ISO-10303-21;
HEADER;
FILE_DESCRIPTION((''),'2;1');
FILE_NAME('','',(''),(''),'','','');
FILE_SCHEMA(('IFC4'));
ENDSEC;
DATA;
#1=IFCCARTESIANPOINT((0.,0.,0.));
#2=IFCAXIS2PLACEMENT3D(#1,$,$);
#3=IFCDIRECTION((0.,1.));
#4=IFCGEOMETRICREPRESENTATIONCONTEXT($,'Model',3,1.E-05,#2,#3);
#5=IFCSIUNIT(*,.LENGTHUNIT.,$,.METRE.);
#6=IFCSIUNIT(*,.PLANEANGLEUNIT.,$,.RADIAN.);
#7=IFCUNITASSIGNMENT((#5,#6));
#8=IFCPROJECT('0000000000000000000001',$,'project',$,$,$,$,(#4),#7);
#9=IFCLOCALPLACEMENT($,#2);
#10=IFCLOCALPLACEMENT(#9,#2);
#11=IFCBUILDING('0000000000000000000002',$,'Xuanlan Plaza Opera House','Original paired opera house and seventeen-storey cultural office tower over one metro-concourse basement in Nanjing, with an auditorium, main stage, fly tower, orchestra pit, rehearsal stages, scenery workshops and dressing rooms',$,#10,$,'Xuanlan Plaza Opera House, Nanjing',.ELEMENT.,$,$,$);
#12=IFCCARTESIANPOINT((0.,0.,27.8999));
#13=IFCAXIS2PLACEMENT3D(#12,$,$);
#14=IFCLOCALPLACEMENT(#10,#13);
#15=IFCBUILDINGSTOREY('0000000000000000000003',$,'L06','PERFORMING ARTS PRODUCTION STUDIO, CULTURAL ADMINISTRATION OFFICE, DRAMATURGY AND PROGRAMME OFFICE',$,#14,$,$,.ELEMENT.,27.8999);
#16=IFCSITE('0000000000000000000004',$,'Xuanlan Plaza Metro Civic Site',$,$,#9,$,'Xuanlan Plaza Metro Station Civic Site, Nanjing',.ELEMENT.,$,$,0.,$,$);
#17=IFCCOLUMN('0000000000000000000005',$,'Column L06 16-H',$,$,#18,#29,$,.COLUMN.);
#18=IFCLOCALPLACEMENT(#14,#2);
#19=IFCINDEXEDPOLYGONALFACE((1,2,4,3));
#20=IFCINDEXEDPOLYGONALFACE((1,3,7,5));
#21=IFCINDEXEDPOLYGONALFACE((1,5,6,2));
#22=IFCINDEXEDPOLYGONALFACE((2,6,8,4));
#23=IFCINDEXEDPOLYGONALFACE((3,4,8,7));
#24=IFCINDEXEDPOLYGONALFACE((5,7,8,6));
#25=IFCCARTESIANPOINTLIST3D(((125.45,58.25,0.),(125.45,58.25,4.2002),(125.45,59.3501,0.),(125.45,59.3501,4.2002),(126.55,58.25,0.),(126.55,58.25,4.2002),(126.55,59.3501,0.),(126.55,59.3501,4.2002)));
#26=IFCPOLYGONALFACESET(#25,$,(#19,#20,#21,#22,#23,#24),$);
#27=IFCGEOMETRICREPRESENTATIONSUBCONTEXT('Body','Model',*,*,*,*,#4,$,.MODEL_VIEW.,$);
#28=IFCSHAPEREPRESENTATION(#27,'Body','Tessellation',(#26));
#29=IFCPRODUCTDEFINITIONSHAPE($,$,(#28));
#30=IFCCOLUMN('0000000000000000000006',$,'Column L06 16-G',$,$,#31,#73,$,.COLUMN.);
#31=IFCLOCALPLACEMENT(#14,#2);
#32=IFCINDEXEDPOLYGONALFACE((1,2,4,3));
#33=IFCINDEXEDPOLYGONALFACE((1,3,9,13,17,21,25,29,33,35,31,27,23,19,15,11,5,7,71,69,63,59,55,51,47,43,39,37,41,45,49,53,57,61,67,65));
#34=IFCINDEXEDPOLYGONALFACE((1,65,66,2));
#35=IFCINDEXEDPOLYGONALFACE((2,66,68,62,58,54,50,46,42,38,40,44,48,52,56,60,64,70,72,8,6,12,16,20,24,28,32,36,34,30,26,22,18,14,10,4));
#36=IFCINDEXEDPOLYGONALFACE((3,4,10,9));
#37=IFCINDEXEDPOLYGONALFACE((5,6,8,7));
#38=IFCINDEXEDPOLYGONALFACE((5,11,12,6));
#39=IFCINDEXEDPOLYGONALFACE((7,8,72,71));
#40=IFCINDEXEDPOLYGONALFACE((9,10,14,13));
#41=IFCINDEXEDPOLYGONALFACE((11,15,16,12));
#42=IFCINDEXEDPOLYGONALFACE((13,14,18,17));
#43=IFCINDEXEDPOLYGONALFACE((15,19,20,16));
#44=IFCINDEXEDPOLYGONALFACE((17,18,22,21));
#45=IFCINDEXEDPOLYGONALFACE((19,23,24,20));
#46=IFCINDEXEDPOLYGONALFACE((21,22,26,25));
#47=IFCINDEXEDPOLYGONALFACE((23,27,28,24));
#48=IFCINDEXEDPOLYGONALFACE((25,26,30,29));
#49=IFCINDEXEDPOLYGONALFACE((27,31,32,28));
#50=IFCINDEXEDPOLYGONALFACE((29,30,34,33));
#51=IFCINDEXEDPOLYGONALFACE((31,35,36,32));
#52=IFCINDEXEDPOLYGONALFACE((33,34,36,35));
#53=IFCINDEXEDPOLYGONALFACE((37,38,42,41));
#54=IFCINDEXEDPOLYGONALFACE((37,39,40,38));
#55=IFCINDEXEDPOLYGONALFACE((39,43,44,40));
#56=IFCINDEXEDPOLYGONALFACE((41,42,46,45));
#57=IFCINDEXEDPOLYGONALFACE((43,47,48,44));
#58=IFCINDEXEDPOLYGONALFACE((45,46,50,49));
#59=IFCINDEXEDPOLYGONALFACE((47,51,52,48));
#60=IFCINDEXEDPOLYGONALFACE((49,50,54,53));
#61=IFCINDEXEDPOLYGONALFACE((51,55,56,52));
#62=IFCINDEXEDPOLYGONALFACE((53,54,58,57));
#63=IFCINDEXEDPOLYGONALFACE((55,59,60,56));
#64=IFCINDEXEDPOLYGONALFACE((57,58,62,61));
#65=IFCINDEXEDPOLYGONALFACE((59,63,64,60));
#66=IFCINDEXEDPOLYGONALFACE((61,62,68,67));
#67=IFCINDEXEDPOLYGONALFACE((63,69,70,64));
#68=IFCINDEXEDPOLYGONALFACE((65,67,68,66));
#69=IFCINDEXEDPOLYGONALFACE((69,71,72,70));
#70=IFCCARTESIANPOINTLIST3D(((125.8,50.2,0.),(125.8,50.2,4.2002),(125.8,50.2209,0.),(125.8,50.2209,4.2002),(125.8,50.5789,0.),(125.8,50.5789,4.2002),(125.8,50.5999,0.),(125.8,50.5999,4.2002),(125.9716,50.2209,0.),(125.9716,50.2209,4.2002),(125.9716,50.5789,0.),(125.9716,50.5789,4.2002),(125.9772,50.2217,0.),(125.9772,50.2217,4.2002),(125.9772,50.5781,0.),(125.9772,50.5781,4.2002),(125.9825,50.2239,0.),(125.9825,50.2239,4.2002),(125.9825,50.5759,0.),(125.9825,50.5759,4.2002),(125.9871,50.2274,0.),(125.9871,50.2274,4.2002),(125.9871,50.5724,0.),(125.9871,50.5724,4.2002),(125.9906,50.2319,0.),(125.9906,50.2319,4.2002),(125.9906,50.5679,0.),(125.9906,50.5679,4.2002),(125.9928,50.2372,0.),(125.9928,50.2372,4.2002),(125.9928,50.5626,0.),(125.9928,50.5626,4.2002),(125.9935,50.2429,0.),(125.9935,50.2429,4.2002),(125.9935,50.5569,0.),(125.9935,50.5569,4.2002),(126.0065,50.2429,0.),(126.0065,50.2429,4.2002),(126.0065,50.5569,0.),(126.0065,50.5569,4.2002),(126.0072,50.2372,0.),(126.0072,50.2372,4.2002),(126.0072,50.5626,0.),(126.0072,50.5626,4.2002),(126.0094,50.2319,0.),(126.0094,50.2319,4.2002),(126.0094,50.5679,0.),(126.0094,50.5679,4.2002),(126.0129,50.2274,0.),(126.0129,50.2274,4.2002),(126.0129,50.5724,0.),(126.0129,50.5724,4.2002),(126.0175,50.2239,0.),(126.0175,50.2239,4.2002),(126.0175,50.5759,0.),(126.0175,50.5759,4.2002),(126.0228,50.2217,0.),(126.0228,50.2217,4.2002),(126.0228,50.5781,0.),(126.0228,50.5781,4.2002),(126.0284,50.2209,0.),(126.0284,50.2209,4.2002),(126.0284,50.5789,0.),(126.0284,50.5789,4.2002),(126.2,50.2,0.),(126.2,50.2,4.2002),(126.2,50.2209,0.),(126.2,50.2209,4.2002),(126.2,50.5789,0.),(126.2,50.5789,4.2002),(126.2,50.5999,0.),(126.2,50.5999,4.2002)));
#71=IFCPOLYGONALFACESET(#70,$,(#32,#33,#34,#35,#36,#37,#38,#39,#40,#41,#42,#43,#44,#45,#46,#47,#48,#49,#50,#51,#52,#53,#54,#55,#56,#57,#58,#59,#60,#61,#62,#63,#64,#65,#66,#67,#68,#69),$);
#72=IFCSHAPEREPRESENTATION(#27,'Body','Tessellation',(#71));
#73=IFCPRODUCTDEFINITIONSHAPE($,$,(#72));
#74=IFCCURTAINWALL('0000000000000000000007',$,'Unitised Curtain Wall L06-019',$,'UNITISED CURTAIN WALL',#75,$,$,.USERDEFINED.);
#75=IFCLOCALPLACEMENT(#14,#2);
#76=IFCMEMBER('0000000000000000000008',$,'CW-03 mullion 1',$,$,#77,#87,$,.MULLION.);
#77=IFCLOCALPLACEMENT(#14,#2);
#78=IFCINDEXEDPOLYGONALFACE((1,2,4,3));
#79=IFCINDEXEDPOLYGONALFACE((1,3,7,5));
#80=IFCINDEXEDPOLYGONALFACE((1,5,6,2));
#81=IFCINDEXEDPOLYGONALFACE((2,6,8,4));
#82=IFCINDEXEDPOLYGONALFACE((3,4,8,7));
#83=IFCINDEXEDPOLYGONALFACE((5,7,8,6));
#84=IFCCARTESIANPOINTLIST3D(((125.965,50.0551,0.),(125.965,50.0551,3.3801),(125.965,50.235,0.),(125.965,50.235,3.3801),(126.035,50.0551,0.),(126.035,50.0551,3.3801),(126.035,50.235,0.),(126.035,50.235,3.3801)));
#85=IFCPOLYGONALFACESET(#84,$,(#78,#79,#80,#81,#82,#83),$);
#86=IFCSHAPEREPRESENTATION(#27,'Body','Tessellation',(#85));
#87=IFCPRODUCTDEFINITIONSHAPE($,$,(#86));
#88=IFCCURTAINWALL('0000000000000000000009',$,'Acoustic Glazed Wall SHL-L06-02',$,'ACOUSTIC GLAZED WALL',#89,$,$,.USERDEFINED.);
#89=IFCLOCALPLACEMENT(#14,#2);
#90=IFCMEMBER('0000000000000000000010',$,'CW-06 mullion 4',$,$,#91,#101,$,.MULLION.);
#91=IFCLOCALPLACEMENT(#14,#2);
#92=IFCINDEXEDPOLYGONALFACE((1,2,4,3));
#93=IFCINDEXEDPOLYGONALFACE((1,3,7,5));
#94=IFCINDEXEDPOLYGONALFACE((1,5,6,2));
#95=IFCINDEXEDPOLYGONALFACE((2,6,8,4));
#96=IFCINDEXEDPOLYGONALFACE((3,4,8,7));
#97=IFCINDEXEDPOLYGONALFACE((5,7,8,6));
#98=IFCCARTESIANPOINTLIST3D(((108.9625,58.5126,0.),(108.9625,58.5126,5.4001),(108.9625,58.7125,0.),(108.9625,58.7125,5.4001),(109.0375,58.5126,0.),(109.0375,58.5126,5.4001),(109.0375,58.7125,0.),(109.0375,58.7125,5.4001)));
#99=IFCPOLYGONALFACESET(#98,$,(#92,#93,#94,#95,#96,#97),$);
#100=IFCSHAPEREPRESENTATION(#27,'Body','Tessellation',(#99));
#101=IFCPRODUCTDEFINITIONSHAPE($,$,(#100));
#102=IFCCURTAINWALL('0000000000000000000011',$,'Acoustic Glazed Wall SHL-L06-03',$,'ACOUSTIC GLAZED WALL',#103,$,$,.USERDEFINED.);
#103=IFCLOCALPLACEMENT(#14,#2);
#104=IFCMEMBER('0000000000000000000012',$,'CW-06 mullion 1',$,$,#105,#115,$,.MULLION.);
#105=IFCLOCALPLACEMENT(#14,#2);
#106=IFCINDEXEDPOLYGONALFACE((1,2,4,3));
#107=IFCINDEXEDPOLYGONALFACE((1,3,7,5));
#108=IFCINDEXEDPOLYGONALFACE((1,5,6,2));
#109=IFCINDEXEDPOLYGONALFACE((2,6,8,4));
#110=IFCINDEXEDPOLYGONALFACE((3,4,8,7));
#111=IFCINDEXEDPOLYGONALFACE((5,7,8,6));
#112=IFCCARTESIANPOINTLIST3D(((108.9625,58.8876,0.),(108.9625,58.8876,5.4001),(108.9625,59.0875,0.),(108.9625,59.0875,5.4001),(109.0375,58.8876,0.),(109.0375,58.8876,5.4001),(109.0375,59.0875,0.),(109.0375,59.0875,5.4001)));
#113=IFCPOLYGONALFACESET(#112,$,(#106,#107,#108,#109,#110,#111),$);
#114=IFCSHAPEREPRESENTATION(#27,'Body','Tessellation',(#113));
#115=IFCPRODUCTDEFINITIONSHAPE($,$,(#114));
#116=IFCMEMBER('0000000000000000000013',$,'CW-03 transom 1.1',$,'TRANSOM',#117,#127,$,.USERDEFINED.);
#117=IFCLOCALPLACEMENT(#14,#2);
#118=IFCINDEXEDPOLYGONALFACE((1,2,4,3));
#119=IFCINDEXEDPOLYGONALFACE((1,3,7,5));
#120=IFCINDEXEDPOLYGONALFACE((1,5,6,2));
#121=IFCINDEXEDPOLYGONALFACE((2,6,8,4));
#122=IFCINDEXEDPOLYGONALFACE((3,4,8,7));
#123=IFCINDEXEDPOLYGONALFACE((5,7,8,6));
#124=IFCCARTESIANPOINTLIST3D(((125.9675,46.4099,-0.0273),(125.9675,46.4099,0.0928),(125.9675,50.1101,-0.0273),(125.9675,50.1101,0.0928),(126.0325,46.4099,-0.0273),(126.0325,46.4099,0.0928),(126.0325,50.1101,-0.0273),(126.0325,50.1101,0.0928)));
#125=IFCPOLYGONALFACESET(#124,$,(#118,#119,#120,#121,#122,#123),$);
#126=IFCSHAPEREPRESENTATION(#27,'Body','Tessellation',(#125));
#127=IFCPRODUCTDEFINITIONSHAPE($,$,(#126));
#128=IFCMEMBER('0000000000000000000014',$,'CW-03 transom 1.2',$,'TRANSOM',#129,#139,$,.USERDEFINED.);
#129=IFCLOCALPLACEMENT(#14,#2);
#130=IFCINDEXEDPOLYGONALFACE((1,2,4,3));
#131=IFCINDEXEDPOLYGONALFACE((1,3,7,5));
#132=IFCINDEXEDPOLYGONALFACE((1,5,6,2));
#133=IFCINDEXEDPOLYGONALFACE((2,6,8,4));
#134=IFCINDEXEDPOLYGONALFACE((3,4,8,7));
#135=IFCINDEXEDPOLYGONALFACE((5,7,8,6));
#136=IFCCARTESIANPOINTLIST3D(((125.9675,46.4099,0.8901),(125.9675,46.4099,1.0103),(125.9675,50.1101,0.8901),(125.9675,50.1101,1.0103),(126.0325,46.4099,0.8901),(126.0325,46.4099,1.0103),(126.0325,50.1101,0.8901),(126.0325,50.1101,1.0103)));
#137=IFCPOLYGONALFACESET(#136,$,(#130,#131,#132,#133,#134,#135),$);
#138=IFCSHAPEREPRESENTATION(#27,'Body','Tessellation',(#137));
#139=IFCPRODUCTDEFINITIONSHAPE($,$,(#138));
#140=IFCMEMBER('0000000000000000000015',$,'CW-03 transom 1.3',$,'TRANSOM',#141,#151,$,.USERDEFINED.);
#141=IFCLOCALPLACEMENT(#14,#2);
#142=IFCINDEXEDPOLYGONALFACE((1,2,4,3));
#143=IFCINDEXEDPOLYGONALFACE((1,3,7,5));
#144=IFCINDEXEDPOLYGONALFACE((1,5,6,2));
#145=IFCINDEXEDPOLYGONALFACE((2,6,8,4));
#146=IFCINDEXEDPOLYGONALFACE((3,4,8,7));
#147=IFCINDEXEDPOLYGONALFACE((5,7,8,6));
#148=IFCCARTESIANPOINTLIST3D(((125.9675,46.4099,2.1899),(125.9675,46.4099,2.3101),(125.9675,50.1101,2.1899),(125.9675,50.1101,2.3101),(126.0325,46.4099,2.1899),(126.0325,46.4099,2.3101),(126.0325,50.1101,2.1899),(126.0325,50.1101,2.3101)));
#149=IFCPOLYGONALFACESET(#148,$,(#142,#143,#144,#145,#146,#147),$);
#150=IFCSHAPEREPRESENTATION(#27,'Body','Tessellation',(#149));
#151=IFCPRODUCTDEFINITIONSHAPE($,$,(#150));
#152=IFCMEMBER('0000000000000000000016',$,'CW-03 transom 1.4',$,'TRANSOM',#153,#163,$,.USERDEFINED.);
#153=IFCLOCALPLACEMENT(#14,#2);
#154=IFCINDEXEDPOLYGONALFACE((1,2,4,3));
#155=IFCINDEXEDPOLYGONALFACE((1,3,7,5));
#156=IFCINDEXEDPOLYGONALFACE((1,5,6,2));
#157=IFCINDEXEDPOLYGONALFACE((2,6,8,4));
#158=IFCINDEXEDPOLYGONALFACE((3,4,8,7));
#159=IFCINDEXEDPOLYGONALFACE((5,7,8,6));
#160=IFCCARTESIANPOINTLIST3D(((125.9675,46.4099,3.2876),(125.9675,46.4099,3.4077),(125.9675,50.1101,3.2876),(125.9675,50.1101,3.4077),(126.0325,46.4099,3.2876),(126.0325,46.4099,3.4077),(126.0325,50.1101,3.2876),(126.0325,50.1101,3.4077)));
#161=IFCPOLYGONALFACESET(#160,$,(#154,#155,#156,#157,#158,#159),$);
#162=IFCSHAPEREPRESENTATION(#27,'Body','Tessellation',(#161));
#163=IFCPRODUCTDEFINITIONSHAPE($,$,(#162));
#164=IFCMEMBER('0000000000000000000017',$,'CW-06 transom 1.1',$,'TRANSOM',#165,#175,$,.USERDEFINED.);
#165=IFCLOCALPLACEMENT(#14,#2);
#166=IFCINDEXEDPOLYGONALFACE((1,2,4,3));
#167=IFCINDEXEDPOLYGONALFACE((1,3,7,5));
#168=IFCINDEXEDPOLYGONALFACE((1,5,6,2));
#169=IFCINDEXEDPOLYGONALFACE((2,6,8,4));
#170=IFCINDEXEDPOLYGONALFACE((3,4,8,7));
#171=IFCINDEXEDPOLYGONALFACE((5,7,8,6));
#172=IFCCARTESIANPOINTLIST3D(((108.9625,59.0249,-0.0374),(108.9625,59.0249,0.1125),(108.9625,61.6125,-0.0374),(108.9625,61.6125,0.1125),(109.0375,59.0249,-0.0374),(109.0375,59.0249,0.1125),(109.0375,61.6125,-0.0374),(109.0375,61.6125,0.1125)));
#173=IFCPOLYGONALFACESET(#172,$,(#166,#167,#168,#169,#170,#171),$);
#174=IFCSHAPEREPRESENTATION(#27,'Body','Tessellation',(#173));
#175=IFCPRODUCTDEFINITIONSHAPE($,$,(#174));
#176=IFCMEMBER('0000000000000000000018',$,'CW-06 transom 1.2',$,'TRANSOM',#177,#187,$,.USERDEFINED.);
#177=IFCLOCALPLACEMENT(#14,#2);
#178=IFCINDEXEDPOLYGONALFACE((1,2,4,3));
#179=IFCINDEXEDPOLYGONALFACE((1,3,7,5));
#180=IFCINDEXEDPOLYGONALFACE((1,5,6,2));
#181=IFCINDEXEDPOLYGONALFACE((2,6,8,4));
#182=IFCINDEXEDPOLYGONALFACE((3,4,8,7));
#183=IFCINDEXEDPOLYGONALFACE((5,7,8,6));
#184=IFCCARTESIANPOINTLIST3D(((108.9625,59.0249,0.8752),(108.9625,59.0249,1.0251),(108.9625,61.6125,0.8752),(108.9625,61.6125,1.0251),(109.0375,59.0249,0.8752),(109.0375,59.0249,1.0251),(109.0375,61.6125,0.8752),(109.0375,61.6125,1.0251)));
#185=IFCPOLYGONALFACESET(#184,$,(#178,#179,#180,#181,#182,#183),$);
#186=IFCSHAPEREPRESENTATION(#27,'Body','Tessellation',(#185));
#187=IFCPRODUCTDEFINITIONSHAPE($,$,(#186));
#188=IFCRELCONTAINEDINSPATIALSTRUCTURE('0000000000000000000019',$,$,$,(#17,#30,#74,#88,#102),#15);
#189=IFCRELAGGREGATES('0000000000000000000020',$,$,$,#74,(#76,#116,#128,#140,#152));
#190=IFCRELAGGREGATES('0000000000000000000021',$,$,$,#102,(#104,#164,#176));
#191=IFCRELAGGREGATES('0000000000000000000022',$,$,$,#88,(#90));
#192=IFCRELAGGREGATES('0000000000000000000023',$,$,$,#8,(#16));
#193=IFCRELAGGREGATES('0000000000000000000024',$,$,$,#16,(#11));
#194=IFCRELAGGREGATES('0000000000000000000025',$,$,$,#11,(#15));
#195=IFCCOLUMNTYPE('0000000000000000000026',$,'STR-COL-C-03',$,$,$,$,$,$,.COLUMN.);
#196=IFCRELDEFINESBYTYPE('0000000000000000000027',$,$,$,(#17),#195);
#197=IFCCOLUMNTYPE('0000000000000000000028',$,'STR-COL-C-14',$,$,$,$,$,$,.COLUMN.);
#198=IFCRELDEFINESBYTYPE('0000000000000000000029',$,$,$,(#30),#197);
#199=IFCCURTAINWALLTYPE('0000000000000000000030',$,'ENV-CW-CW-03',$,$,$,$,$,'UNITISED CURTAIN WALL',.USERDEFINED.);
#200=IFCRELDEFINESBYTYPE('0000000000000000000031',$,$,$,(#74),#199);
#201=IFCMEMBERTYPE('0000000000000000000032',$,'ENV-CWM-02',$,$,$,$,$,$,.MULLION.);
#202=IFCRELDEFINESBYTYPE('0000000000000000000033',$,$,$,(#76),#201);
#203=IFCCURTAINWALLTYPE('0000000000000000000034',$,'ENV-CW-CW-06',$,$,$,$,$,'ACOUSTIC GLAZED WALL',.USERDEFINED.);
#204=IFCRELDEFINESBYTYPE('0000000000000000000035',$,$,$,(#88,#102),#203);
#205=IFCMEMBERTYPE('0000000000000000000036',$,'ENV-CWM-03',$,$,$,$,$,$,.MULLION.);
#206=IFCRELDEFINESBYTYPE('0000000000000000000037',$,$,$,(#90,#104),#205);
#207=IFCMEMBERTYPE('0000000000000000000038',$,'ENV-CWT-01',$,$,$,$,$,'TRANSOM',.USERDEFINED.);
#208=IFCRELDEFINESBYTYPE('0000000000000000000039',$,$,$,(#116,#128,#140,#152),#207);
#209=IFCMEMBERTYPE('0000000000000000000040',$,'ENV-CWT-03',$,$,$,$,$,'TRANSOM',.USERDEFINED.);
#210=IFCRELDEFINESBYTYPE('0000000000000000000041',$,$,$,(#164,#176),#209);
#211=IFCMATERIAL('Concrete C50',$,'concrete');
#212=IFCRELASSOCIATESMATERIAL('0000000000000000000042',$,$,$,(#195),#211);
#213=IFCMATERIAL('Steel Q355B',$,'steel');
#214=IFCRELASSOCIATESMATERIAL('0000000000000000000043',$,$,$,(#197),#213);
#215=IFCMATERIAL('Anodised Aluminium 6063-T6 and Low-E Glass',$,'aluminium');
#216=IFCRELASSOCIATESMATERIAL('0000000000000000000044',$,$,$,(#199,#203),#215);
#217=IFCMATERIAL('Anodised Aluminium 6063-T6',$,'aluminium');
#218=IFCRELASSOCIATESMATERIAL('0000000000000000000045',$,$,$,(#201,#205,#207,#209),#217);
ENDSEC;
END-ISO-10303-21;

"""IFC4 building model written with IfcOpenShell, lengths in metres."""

from ifc_helpers import new_model, si_unit, direction, frame, origin, origin_2d, place, context, subcontext, project, spatial, rectangle, i_section, extrude, material, material_profile, profile_set, type_object, element, aggregate, save


model = new_model("IFC4")

# Units and contexts
model_context = context("Model", 3, precision=1e-05, world=origin(), true_north=direction((0.0, 1.0)))
body_context = subcontext(model_context, "Body", "Model", "MODEL_VIEW")
ifc_project = project(units=[si_unit("LENGTHUNIT", "METRE"), si_unit("PLANEANGLEUNIT", "RADIAN")], contexts=[model_context])

# Site, building, storey
site_placement = place(None, origin())
site = spatial("IfcSite", under=ifc_project, at=site_placement, Name="Xuanlan Plaza Metro Civic Site", LongName="Xuanlan Plaza Metro Station Civic Site, Nanjing", CompositionType="ELEMENT", RefElevation=0.0)
building_placement = place(site_placement, origin())
building = spatial("IfcBuilding", under=site, at=building_placement, Name="Xuanlan Plaza Opera House", Description="Original paired opera house and seventeen-storey cultural office tower over one metro-concourse basement in Nanjing, with an auditorium, main stage, fly tower, orchestra pit, rehearsal stages, scenery workshops and dressing rooms", LongName="Xuanlan Plaza Opera House, Nanjing", CompositionType="ELEMENT")
storey_placement = place(building_placement, frame((0.0, 0.0, 27.8999)))
storey = spatial("IfcBuildingStorey", under=building, at=storey_placement, Name="L06", Description="PERFORMING ARTS PRODUCTION STUDIO, CULTURAL ADMINISTRATION OFFICE, DRAMATURGY AND PROGRAMME OFFICE", CompositionType="ELEMENT", Elevation=27.8999)

# Columns
ifc_material_1 = material(Name="Concrete C50", Category="concrete")
ifc_material_profile_1 = material_profile(ifc_material_1, rectangle(XDim=1.1001, YDim=1.1001, at=origin_2d()), Name="RC-COL 1100x1100")
ifc_profile_set_1 = profile_set([ifc_material_profile_1], Name="Concrete C50")
column_type_1 = type_object("IfcColumnType", Name="STR-COL-C-03", PredefinedType="COLUMN", material=ifc_profile_set_1)
column_1_placement = place(storey_placement, frame((126.0, 58.8, 0.0), z_axis=(0.0, 0.0, 1.0), x_axis=(1.0, 0.0, 0.0)))
element("IfcColumn", 1, at=column_1_placement, inside=storey, type_object=column_type_1, Name="Column L06 16-H", PredefinedType="COLUMN", context=body_context, shape_type="SweptSolid", body=[
    extrude(rectangle(XDim=1.1001, YDim=1.1001, at=origin_2d()), origin(), (0.0, 0.0, 1.0), 4.2002),
])
ifc_material_2 = material(Name="Steel Q355B", Category="steel")
ifc_material_profile_2 = material_profile(ifc_material_2, i_section(OverallWidth=0.3999, OverallDepth=0.3999, WebThickness=0.0129, FlangeThickness=0.021, FilletRadius=0.022, at=origin_2d()), Name="HW 400x400x13x21")
ifc_profile_set_2 = profile_set([ifc_material_profile_2], Name="Steel Q355B")
column_type_2 = type_object("IfcColumnType", Name="STR-COL-C-14", PredefinedType="COLUMN", material=ifc_profile_set_2)
column_2_placement = place(storey_placement, frame((126.0, 50.3999, 0.0), z_axis=(0.0, 0.0, 1.0), x_axis=(1.0, 0.0, 0.0)))
element("IfcColumn", 2, at=column_2_placement, inside=storey, type_object=column_type_2, Name="Column L06 16-G", PredefinedType="COLUMN", context=body_context, shape_type="SweptSolid", body=[
    extrude(i_section(OverallWidth=0.3999, OverallDepth=0.3999, WebThickness=0.0129, FlangeThickness=0.021, FilletRadius=0.022, at=origin_2d()), origin(), (0.0, 0.0, 1.0), 4.2002),
])

# Curtain walls, members
ifc_material_3 = material(Name="Anodised Aluminium 6063-T6 and Low-E Glass", Category="aluminium")
curtain_wall_type_1 = type_object("IfcCurtainWallType", Name="ENV-CW-CW-03", ElementType="UNITISED CURTAIN WALL", PredefinedType="USERDEFINED", material=ifc_material_3)
curtain_wall_1_placement = place(storey_placement, origin())
curtain_wall_1 = element("IfcCurtainWall", 3, at=curtain_wall_1_placement, inside=storey, type_object=curtain_wall_type_1, Name="Unitised Curtain Wall L06-019", ObjectType="UNITISED CURTAIN WALL", PredefinedType="USERDEFINED")
ifc_material_4 = material(Name="Anodised Aluminium 6063-T6", Category="aluminium")
ifc_material_profile_3 = material_profile(ifc_material_4, rectangle(XDim=0.0701, YDim=0.1799, at=origin_2d()), Name="ALU-M 70x180")
ifc_profile_set_3 = profile_set([ifc_material_profile_3], Name="Anodised Aluminium 6063-T6")
member_type_1 = type_object("IfcMemberType", Name="ENV-CWM-02", PredefinedType="MULLION", material=ifc_profile_set_3)
member_1_placement = place(storey_placement, frame((126.0, 50.145, 0.0), z_axis=(0.0, 0.0, 1.0), x_axis=(1.0, 0.0, 0.0)))
member_1 = element("IfcMember", 4, at=member_1_placement, type_object=member_type_1, Name="CW-03 mullion 1", PredefinedType="MULLION", context=body_context, shape_type="SweptSolid", body=[
    extrude(rectangle(XDim=0.0701, YDim=0.1799, at=origin_2d()), origin(), (0.0, 0.0, 1.0), 3.3801),
])
curtain_wall_type_2 = type_object("IfcCurtainWallType", Name="ENV-CW-CW-06", ElementType="ACOUSTIC GLAZED WALL", PredefinedType="USERDEFINED", material=ifc_material_3)
curtain_wall_2_placement = place(storey_placement, origin())
curtain_wall_2 = element("IfcCurtainWall", 5, at=curtain_wall_2_placement, inside=storey, type_object=curtain_wall_type_2, Name="Acoustic Glazed Wall SHL-L06-02", ObjectType="ACOUSTIC GLAZED WALL", PredefinedType="USERDEFINED")
ifc_material_profile_4 = material_profile(ifc_material_4, rectangle(XDim=0.075, YDim=0.2, at=origin_2d()), Name="ALU-M 75x200")
ifc_profile_set_4 = profile_set([ifc_material_profile_4], Name="Anodised Aluminium 6063-T6")
member_type_2 = type_object("IfcMemberType", Name="ENV-CWM-03", PredefinedType="MULLION", material=ifc_profile_set_4)
member_2_placement = place(storey_placement, frame((109.0, 58.6125, 0.0), z_axis=(0.0, 0.0, 1.0), x_axis=(-1.0, 0.0, 0.0)))
member_2 = element("IfcMember", 6, at=member_2_placement, type_object=member_type_2, Name="CW-06 mullion 4", PredefinedType="MULLION", context=body_context, shape_type="SweptSolid", body=[
    extrude(rectangle(XDim=0.075, YDim=0.2, at=origin_2d()), origin(), (0.0, 0.0, 1.0), 5.4001),
])
curtain_wall_3_placement = place(storey_placement, origin())
curtain_wall_3 = element("IfcCurtainWall", 7, at=curtain_wall_3_placement, inside=storey, type_object=curtain_wall_type_2, Name="Acoustic Glazed Wall SHL-L06-03", ObjectType="ACOUSTIC GLAZED WALL", PredefinedType="USERDEFINED")
member_3_placement = place(storey_placement, frame((109.0, 58.9875, 0.0), z_axis=(0.0, 0.0, 1.0), x_axis=(-1.0, 0.0, 0.0)))
member_3 = element("IfcMember", 8, at=member_3_placement, type_object=member_type_2, Name="CW-06 mullion 1", PredefinedType="MULLION", context=body_context, shape_type="SweptSolid", body=[
    extrude(rectangle(XDim=0.075, YDim=0.2, at=origin_2d()), origin(), (0.0, 0.0, 1.0), 5.4001),
])

# Members
ifc_material_profile_5 = material_profile(ifc_material_4, rectangle(XDim=0.0649, YDim=0.1201, at=origin_2d()), Name="ALU-T 65x120")
ifc_profile_set_5 = profile_set([ifc_material_profile_5], Name="Anodised Aluminium 6063-T6")
member_type_3 = type_object("IfcMemberType", Name="ENV-CWT-01", ElementType="TRANSOM", PredefinedType="USERDEFINED", material=ifc_profile_set_5)
member_4_placement = place(storey_placement, frame((126.0, 50.1101, 0.0327), z_axis=(0.0, -1.0, 0.0), x_axis=(1.0, 0.0, 0.0)))
member_4 = element("IfcMember", 9, at=member_4_placement, type_object=member_type_3, Name="CW-03 transom 1.1", ObjectType="TRANSOM", PredefinedType="USERDEFINED", context=body_context, shape_type="SweptSolid", body=[
    extrude(rectangle(XDim=0.0649, YDim=0.1201, at=origin_2d()), origin(), (0.0, 0.0, 1.0), 3.7002),
])
member_5_placement = place(storey_placement, frame((126.0, 50.1101, 0.9502), z_axis=(0.0, -1.0, 0.0), x_axis=(1.0, 0.0, 0.0)))
member_5 = element("IfcMember", 10, at=member_5_placement, type_object=member_type_3, Name="CW-03 transom 1.2", ObjectType="TRANSOM", PredefinedType="USERDEFINED", context=body_context, shape_type="SweptSolid", body=[
    extrude(rectangle(XDim=0.0649, YDim=0.1201, at=origin_2d()), origin(), (0.0, 0.0, 1.0), 3.7002),
])
member_6_placement = place(storey_placement, frame((126.0, 50.1101, 2.25), z_axis=(0.0, -1.0, 0.0), x_axis=(1.0, 0.0, 0.0)))
member_6 = element("IfcMember", 11, at=member_6_placement, type_object=member_type_3, Name="CW-03 transom 1.3", ObjectType="TRANSOM", PredefinedType="USERDEFINED", context=body_context, shape_type="SweptSolid", body=[
    extrude(rectangle(XDim=0.0649, YDim=0.1201, at=origin_2d()), origin(), (0.0, 0.0, 1.0), 3.7002),
])
member_7_placement = place(storey_placement, frame((126.0, 50.1101, 3.3477), z_axis=(0.0, -1.0, 0.0), x_axis=(1.0, 0.0, 0.0)))
member_7 = element("IfcMember", 12, at=member_7_placement, type_object=member_type_3, Name="CW-03 transom 1.4", ObjectType="TRANSOM", PredefinedType="USERDEFINED", context=body_context, shape_type="SweptSolid", body=[
    extrude(rectangle(XDim=0.0649, YDim=0.1201, at=origin_2d()), origin(), (0.0, 0.0, 1.0), 3.7002),
])
aggregate(curtain_wall_1, [member_1, member_4, member_5, member_6, member_7])
ifc_material_profile_6 = material_profile(ifc_material_4, rectangle(XDim=0.075, YDim=0.1499, at=origin_2d()), Name="ALU-T 75x150")
ifc_profile_set_6 = profile_set([ifc_material_profile_6], Name="Anodised Aluminium 6063-T6")
member_type_4 = type_object("IfcMemberType", Name="ENV-CWT-03", ElementType="TRANSOM", PredefinedType="USERDEFINED", material=ifc_profile_set_6)
member_8_placement = place(storey_placement, frame((109.0, 59.0249, 0.0376), z_axis=(0.0, 1.0, 0.0), x_axis=(-1.0, 0.0, 0.0)))
member_8 = element("IfcMember", 13, at=member_8_placement, type_object=member_type_4, Name="CW-06 transom 1.1", ObjectType="TRANSOM", PredefinedType="USERDEFINED", context=body_context, shape_type="SweptSolid", body=[
    extrude(rectangle(XDim=0.075, YDim=0.1499, at=origin_2d()), origin(), (0.0, 0.0, 1.0), 2.5876),
])
member_9_placement = place(storey_placement, frame((109.0, 59.0249, 0.9502), z_axis=(0.0, 1.0, 0.0), x_axis=(-1.0, 0.0, 0.0)))
member_9 = element("IfcMember", 14, at=member_9_placement, type_object=member_type_4, Name="CW-06 transom 1.2", ObjectType="TRANSOM", PredefinedType="USERDEFINED", context=body_context, shape_type="SweptSolid", body=[
    extrude(rectangle(XDim=0.075, YDim=0.1499, at=origin_2d()), origin(), (0.0, 0.0, 1.0), 2.5876),
])
aggregate(curtain_wall_3, [member_3, member_8, member_9])

aggregate(curtain_wall_2, [member_2])

save(model, "model.ifc")
